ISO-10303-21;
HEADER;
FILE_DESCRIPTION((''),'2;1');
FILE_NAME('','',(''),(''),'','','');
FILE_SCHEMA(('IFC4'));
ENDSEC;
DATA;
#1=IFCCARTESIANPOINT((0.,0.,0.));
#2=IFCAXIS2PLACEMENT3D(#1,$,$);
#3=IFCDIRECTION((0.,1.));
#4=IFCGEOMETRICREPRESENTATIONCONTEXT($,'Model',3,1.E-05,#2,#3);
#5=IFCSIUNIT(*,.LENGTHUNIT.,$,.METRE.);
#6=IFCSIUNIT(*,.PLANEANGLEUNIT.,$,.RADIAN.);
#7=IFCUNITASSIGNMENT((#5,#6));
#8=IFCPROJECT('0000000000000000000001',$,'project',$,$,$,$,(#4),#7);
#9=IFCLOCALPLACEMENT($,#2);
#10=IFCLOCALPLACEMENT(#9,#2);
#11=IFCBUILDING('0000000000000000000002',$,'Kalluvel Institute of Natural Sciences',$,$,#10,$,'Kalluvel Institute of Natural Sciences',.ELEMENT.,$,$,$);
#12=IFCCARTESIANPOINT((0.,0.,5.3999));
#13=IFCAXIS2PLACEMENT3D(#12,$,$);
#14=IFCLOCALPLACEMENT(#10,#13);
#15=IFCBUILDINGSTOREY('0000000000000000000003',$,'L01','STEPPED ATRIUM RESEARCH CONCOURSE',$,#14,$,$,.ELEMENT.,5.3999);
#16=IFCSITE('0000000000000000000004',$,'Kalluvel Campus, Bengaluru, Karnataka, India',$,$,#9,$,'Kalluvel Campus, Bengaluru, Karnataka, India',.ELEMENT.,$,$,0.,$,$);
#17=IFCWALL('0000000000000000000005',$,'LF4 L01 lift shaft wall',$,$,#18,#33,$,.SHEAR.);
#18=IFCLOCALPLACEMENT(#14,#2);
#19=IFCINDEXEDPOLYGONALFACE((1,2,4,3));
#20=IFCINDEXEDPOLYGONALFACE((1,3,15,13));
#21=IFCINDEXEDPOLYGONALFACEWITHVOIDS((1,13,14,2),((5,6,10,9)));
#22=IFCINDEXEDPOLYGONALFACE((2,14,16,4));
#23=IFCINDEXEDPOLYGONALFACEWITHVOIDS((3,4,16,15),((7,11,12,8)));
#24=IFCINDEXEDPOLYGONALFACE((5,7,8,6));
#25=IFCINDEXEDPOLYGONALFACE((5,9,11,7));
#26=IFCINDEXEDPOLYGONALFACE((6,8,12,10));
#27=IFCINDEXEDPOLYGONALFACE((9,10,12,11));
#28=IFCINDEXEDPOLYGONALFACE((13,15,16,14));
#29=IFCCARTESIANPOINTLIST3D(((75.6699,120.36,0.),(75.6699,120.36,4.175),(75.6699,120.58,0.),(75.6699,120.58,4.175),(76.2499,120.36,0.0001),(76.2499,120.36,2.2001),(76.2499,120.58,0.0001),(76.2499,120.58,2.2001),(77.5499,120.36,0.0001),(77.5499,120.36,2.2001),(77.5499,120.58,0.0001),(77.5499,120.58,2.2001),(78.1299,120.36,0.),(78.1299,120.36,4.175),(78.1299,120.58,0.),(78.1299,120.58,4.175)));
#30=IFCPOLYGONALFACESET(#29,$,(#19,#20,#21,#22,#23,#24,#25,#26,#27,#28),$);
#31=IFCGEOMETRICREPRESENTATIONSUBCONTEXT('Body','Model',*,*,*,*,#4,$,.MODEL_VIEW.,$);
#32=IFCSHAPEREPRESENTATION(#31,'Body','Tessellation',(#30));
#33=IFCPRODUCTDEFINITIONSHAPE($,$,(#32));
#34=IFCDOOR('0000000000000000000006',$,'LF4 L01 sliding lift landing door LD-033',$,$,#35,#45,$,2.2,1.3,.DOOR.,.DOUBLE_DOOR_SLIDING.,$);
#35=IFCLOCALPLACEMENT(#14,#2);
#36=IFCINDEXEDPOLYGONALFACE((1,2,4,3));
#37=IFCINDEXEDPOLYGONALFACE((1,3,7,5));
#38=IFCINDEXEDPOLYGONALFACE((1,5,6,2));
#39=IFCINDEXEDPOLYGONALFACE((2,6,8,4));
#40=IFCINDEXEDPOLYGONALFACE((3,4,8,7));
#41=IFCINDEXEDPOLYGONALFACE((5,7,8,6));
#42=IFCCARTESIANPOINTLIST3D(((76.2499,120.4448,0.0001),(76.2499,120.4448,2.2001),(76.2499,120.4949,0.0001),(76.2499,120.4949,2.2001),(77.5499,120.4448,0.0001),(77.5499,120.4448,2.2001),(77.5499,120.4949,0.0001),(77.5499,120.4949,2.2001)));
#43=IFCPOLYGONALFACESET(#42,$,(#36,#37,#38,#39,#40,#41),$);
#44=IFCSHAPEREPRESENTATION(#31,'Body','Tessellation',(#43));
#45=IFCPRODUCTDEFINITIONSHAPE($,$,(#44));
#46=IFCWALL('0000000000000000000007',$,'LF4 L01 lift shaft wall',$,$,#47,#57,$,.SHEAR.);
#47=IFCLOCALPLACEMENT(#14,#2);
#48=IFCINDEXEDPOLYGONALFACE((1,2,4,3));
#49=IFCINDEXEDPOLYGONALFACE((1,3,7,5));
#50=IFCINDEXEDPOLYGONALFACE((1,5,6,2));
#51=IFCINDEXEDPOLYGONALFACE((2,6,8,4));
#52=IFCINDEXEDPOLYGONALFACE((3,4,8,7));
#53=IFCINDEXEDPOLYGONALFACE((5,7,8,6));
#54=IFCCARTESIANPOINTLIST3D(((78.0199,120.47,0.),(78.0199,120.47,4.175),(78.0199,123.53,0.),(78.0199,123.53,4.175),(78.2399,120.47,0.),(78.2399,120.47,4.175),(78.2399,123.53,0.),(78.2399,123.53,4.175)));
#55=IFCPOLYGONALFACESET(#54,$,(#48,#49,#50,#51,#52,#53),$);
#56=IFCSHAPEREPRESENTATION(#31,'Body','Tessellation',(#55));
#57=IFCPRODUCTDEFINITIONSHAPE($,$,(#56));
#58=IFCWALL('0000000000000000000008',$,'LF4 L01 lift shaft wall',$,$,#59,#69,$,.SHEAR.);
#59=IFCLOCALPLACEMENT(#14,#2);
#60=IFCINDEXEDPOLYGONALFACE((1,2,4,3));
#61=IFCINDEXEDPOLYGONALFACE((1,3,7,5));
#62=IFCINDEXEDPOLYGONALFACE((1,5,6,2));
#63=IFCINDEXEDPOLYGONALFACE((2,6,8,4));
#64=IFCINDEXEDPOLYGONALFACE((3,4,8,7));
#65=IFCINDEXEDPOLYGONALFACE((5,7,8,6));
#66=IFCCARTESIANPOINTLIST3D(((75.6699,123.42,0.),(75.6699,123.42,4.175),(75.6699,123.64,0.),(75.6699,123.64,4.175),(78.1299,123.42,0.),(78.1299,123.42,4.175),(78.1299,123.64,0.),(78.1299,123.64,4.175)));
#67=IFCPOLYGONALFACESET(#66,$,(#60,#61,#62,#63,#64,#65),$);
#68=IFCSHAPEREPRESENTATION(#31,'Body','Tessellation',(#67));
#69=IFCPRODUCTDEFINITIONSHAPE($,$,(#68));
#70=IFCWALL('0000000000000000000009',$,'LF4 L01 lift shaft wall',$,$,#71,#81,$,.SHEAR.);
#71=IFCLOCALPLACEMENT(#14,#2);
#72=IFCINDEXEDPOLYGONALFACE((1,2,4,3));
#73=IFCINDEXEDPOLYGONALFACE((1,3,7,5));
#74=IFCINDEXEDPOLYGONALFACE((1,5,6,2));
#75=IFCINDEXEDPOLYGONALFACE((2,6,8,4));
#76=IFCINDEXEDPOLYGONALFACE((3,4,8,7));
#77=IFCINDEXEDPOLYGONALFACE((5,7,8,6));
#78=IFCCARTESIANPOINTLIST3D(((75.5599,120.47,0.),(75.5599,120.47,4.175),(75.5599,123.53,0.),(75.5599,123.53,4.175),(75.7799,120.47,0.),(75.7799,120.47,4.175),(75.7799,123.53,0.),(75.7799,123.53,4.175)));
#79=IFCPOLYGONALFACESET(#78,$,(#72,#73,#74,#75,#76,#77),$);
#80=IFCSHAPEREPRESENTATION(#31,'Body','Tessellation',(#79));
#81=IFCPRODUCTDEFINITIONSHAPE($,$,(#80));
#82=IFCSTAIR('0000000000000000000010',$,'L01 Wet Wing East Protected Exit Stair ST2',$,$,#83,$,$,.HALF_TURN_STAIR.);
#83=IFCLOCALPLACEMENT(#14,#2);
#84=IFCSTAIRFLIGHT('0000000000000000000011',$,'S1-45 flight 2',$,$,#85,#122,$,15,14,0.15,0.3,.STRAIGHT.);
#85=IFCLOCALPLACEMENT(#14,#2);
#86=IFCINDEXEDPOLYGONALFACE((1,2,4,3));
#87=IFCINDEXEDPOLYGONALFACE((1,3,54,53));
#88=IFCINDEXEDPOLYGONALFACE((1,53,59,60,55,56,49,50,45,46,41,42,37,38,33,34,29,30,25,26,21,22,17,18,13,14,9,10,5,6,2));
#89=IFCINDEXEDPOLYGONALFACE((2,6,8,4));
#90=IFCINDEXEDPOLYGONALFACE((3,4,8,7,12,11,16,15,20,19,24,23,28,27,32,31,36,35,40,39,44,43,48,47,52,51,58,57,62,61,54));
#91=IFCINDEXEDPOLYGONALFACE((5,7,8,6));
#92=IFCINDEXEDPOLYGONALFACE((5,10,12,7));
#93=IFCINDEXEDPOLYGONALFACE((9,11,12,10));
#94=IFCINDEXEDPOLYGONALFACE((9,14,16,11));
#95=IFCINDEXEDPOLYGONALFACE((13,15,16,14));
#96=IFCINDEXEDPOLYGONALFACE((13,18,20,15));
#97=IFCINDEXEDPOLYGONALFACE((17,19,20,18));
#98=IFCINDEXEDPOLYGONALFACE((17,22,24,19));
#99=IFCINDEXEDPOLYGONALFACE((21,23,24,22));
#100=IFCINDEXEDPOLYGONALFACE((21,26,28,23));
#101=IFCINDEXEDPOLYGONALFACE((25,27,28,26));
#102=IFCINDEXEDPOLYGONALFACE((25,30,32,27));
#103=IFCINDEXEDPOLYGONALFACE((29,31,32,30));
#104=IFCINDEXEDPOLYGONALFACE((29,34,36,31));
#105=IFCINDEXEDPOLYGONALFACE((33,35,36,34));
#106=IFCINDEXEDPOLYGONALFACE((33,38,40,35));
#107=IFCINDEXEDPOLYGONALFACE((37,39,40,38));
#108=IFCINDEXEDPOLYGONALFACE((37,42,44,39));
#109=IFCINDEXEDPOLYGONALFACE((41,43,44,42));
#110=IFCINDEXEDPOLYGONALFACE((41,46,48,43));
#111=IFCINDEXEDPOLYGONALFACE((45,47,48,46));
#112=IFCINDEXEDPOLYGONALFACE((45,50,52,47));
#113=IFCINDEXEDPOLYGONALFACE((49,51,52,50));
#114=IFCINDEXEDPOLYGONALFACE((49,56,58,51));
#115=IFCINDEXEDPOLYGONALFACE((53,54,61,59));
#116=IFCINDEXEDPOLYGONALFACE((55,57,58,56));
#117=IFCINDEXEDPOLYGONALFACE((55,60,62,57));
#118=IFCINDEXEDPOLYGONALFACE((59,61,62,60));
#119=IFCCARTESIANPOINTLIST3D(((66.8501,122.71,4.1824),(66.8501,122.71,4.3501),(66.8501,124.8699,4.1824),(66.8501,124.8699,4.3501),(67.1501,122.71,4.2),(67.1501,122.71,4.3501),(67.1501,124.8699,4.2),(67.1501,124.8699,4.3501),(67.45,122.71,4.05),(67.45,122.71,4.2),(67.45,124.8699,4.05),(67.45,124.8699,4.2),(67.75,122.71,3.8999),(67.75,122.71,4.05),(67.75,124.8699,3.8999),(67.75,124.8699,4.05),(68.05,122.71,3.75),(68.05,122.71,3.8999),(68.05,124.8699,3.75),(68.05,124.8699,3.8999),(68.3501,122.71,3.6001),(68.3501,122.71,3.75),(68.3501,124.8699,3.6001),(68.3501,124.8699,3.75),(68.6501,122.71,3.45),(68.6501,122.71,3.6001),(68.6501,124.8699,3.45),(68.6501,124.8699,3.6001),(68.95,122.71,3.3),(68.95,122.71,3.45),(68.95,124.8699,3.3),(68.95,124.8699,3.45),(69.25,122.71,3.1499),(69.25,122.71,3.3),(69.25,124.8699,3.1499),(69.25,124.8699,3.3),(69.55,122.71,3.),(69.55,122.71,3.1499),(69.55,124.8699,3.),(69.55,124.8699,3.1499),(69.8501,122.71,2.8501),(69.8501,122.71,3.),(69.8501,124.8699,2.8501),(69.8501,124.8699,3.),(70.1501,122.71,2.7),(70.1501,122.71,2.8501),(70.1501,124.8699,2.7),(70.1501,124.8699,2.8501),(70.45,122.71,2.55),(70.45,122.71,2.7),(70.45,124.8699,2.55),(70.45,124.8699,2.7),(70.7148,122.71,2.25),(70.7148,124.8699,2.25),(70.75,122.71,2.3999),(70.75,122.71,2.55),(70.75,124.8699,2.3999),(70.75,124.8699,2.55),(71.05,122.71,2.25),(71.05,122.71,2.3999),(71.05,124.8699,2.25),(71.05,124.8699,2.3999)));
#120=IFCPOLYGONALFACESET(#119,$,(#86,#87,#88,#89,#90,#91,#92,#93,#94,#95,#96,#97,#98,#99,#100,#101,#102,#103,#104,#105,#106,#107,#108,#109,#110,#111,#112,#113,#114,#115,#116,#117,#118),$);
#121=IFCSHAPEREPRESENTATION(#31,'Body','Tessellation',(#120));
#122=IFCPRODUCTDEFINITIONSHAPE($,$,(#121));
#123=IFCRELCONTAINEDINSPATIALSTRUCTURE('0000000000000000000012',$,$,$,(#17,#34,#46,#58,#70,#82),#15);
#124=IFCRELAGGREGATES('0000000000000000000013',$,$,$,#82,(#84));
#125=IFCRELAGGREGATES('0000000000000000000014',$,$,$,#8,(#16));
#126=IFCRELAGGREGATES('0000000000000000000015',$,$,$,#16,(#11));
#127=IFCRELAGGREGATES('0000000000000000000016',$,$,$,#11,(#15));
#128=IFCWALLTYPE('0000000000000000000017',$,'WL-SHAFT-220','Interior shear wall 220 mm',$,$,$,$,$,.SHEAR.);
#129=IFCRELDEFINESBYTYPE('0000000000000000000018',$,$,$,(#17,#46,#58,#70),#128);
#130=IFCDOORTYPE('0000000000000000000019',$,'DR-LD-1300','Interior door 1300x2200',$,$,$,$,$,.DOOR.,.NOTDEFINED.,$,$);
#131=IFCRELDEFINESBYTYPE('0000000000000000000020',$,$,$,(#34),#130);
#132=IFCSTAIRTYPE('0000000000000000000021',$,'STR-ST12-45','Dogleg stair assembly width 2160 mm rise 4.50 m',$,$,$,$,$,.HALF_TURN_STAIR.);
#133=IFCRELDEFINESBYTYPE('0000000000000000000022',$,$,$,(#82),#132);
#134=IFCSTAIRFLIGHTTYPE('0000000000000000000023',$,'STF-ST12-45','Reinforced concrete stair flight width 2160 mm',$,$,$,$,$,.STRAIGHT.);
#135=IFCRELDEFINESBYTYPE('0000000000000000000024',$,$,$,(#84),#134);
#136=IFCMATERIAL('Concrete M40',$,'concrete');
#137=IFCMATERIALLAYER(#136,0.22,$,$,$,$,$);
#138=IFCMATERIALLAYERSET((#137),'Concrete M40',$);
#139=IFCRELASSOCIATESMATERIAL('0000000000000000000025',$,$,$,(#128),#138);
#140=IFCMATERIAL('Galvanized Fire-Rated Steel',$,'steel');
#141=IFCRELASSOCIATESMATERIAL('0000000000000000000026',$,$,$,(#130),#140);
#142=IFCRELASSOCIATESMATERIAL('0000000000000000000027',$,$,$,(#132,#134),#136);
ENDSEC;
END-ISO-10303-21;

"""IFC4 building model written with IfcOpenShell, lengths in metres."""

from ifc_helpers import new_model, si_unit, direction, frame, frame_2d, origin, place, context, subcontext, project, spatial, polyline, rectangle, outline, extrude, material, layer, layer_set, type_object, element, fill, aggregate, save


model = new_model("IFC4")

# Units and contexts
model_context = context("Model", 3, precision=1e-05, world=origin(), true_north=direction((0.0, 1.0)))
body_context = subcontext(model_context, "Body", "Model", "MODEL_VIEW")
ifc_project = project(units=[si_unit("LENGTHUNIT", "METRE"), si_unit("PLANEANGLEUNIT", "RADIAN")], contexts=[model_context])

# Site, building, storey
site_placement = place(None, origin())
site = spatial("IfcSite", under=ifc_project, at=site_placement, Name="Kalluvel Campus, Bengaluru, Karnataka, India", LongName="Kalluvel Campus, Bengaluru, Karnataka, India", CompositionType="ELEMENT", RefElevation=0.0)
building_placement = place(site_placement, origin())
building = spatial("IfcBuilding", under=site, at=building_placement, Name="Kalluvel Institute of Natural Sciences", LongName="Kalluvel Institute of Natural Sciences", CompositionType="ELEMENT")
storey_placement = place(building_placement, frame((0.0, 0.0, 5.3999)))
storey = spatial("IfcBuildingStorey", under=building, at=storey_placement, Name="L01", Description="STEPPED ATRIUM RESEARCH CONCOURSE", CompositionType="ELEMENT", Elevation=5.3999)

# Shared definitions
ifc_material_1 = material(Name="Concrete M40", Category="concrete")

# Wall, opening, door
ifc_layer_1 = layer(ifc_material_1, 0.22)
ifc_layer_set_1 = layer_set([ifc_layer_1], Name="Concrete M40")
wall_type_1 = type_object("IfcWallType", Name="WL-SHAFT-220", Description="Interior shear wall 220 mm", PredefinedType="SHEAR", material=ifc_layer_set_1)
wall_1_placement = place(storey_placement, frame((75.6699, 120.47, 0.0), z_axis=(0.0, 0.0, 1.0), x_axis=(1.0, 0.0, 0.0)))
wall_1 = element("IfcWall", 1, at=wall_1_placement, inside=storey, type_object=wall_type_1, Name="LF4 L01 lift shaft wall", PredefinedType="SHEAR", context=body_context, shape_type="SweptSolid", body=[
    extrude(rectangle(XDim=2.46, YDim=0.22, at=frame_2d((1.23, 0.0))), origin(), (0.0, 0.0, 1.0), 4.175),
])
opening_1_placement = place(wall_1_placement, frame((0.5801, 0.0, 0.0)))
opening_1 = element("IfcOpeningElement", 2, at=opening_1_placement, cuts=wall_1, PredefinedType="OPENING", context=body_context, shape_type="SweptSolid", body=[
    extrude(rectangle(XDim=1.3, YDim=2.2, at=frame_2d((0.6499, 1.1001))), frame((0.0, 0.1199, 0.0), z_axis=(0.0, -1.0, 0.0), x_axis=(1.0, 0.0, 0.0)), (0.0, 0.0, 1.0), 0.24),
])
ifc_material_2 = material(Name="Galvanized Fire-Rated Steel", Category="steel")
door_type_1 = type_object("IfcDoorType", Name="DR-LD-1300", Description="Interior door 1300x2200", OperationType="NOTDEFINED", PredefinedType="DOOR", material=ifc_material_2)
door_1_placement = place(opening_1_placement, origin())
door_1 = element("IfcDoor", 3, at=door_1_placement, inside=storey, type_object=door_type_1, Name="LF4 L01 sliding lift landing door LD-033", OperationType="DOUBLE_DOOR_SLIDING", OverallHeight=2.2, OverallWidth=1.3, PredefinedType="DOOR", context=body_context, shape_type="SweptSolid", body=[
    extrude(rectangle(XDim=1.3, YDim=2.2, at=frame_2d((0.6499, 1.1001))), frame((0.0, 0.0249, 0.0), z_axis=(0.0, -1.0, 0.0), x_axis=(1.0, 0.0, 0.0)), (0.0, 0.0, 1.0), 0.05),
])
fill(opening_1, door_1)

# Walls
wall_2_placement = place(storey_placement, frame((78.1299, 120.47, 0.0), z_axis=(0.0, 0.0, 1.0), x_axis=(0.0, 1.0, 0.0)))
element("IfcWall", 4, at=wall_2_placement, inside=storey, type_object=wall_type_1, Name="LF4 L01 lift shaft wall", PredefinedType="SHEAR", context=body_context, shape_type="SweptSolid", body=[
    extrude(rectangle(XDim=3.0601, YDim=0.22, at=frame_2d((1.53, 0.0))), origin(), (0.0, 0.0, 1.0), 4.175),
])
wall_3_placement = place(storey_placement, frame((78.1299, 123.53, 0.0), z_axis=(0.0, 0.0, 1.0), x_axis=(-1.0, 0.0, 0.0)))
element("IfcWall", 5, at=wall_3_placement, inside=storey, type_object=wall_type_1, Name="LF4 L01 lift shaft wall", PredefinedType="SHEAR", context=body_context, shape_type="SweptSolid", body=[
    extrude(rectangle(XDim=2.46, YDim=0.22, at=frame_2d((1.23, 0.0))), origin(), (0.0, 0.0, 1.0), 4.175),
])
wall_4_placement = place(storey_placement, frame((75.6699, 123.53, 0.0), z_axis=(0.0, 0.0, 1.0), x_axis=(0.0, -1.0, 0.0)))
element("IfcWall", 6, at=wall_4_placement, inside=storey, type_object=wall_type_1, Name="LF4 L01 lift shaft wall", PredefinedType="SHEAR", context=body_context, shape_type="SweptSolid", body=[
    extrude(rectangle(XDim=3.0601, YDim=0.22, at=frame_2d((1.53, 0.0))), origin(), (0.0, 0.0, 1.0), 4.175),
])

# Stair, stair flight
stair_type = type_object("IfcStairType", Name="STR-ST12-45", Description="Dogleg stair assembly width 2160 mm rise 4.50 m", PredefinedType="HALF_TURN_STAIR", material=ifc_material_1)
stair_placement = place(storey_placement, origin())
stair = element("IfcStair", 7, at=stair_placement, inside=storey, type_object=stair_type, Name="L01 Wet Wing East Protected Exit Stair ST2", PredefinedType="HALF_TURN_STAIR")
stair_flight_type = type_object("IfcStairFlightType", Name="STF-ST12-45", Description="Reinforced concrete stair flight width 2160 mm", PredefinedType="STRAIGHT", material=ifc_material_1)
stair_flight_placement = place(storey_placement, frame((71.05, 123.79, 2.25), z_axis=(0.0, 0.0, 1.0), x_axis=(-1.0, 0.0, 0.0)))
stair_flight = element("IfcStairFlight", 8, at=stair_flight_placement, type_object=stair_flight_type, Name="S1-45 flight 2", NumberOfRisers=15, NumberOfTreads=14, PredefinedType="STRAIGHT", RiserHeight=0.15, TreadLength=0.3, context=body_context, shape_type="SweptSolid", body=[
    extrude(outline(polyline([(0.0, 0.0), (0.0, 0.1499), (0.3, 0.1499), (0.3, 0.3), (0.6001, 0.3), (0.6001, 0.45), (0.8999, 0.45), (0.8999, 0.6001), (1.2, 0.6001), (1.2, 0.75), (1.5, 0.75), (1.5, 0.8999), (1.8, 0.8999), (1.8, 1.05), (2.1001, 1.05), (2.1001, 1.2), (2.3999, 1.2), (2.3999, 1.3501), (2.7, 1.3501), (2.7, 1.5), (3.0, 1.5), (3.0, 1.6499), (3.3, 1.6499), (3.3, 1.8), (3.6001, 1.8), (3.6001, 1.95), (3.8999, 1.95), (3.8999, 2.1001), (4.2, 2.1001), (4.2, 2.25), (4.2, 1.9324), (0.3352, 0.0), (0.0, 0.0)])), frame((0.0, 1.0801, 0.0), z_axis=(0.0, -1.0, 0.0), x_axis=(1.0, 0.0, 0.0)), (0.0, 0.0, 1.0), 2.1599),
])
aggregate(stair, [stair_flight])

save(model, "model.ifc")
